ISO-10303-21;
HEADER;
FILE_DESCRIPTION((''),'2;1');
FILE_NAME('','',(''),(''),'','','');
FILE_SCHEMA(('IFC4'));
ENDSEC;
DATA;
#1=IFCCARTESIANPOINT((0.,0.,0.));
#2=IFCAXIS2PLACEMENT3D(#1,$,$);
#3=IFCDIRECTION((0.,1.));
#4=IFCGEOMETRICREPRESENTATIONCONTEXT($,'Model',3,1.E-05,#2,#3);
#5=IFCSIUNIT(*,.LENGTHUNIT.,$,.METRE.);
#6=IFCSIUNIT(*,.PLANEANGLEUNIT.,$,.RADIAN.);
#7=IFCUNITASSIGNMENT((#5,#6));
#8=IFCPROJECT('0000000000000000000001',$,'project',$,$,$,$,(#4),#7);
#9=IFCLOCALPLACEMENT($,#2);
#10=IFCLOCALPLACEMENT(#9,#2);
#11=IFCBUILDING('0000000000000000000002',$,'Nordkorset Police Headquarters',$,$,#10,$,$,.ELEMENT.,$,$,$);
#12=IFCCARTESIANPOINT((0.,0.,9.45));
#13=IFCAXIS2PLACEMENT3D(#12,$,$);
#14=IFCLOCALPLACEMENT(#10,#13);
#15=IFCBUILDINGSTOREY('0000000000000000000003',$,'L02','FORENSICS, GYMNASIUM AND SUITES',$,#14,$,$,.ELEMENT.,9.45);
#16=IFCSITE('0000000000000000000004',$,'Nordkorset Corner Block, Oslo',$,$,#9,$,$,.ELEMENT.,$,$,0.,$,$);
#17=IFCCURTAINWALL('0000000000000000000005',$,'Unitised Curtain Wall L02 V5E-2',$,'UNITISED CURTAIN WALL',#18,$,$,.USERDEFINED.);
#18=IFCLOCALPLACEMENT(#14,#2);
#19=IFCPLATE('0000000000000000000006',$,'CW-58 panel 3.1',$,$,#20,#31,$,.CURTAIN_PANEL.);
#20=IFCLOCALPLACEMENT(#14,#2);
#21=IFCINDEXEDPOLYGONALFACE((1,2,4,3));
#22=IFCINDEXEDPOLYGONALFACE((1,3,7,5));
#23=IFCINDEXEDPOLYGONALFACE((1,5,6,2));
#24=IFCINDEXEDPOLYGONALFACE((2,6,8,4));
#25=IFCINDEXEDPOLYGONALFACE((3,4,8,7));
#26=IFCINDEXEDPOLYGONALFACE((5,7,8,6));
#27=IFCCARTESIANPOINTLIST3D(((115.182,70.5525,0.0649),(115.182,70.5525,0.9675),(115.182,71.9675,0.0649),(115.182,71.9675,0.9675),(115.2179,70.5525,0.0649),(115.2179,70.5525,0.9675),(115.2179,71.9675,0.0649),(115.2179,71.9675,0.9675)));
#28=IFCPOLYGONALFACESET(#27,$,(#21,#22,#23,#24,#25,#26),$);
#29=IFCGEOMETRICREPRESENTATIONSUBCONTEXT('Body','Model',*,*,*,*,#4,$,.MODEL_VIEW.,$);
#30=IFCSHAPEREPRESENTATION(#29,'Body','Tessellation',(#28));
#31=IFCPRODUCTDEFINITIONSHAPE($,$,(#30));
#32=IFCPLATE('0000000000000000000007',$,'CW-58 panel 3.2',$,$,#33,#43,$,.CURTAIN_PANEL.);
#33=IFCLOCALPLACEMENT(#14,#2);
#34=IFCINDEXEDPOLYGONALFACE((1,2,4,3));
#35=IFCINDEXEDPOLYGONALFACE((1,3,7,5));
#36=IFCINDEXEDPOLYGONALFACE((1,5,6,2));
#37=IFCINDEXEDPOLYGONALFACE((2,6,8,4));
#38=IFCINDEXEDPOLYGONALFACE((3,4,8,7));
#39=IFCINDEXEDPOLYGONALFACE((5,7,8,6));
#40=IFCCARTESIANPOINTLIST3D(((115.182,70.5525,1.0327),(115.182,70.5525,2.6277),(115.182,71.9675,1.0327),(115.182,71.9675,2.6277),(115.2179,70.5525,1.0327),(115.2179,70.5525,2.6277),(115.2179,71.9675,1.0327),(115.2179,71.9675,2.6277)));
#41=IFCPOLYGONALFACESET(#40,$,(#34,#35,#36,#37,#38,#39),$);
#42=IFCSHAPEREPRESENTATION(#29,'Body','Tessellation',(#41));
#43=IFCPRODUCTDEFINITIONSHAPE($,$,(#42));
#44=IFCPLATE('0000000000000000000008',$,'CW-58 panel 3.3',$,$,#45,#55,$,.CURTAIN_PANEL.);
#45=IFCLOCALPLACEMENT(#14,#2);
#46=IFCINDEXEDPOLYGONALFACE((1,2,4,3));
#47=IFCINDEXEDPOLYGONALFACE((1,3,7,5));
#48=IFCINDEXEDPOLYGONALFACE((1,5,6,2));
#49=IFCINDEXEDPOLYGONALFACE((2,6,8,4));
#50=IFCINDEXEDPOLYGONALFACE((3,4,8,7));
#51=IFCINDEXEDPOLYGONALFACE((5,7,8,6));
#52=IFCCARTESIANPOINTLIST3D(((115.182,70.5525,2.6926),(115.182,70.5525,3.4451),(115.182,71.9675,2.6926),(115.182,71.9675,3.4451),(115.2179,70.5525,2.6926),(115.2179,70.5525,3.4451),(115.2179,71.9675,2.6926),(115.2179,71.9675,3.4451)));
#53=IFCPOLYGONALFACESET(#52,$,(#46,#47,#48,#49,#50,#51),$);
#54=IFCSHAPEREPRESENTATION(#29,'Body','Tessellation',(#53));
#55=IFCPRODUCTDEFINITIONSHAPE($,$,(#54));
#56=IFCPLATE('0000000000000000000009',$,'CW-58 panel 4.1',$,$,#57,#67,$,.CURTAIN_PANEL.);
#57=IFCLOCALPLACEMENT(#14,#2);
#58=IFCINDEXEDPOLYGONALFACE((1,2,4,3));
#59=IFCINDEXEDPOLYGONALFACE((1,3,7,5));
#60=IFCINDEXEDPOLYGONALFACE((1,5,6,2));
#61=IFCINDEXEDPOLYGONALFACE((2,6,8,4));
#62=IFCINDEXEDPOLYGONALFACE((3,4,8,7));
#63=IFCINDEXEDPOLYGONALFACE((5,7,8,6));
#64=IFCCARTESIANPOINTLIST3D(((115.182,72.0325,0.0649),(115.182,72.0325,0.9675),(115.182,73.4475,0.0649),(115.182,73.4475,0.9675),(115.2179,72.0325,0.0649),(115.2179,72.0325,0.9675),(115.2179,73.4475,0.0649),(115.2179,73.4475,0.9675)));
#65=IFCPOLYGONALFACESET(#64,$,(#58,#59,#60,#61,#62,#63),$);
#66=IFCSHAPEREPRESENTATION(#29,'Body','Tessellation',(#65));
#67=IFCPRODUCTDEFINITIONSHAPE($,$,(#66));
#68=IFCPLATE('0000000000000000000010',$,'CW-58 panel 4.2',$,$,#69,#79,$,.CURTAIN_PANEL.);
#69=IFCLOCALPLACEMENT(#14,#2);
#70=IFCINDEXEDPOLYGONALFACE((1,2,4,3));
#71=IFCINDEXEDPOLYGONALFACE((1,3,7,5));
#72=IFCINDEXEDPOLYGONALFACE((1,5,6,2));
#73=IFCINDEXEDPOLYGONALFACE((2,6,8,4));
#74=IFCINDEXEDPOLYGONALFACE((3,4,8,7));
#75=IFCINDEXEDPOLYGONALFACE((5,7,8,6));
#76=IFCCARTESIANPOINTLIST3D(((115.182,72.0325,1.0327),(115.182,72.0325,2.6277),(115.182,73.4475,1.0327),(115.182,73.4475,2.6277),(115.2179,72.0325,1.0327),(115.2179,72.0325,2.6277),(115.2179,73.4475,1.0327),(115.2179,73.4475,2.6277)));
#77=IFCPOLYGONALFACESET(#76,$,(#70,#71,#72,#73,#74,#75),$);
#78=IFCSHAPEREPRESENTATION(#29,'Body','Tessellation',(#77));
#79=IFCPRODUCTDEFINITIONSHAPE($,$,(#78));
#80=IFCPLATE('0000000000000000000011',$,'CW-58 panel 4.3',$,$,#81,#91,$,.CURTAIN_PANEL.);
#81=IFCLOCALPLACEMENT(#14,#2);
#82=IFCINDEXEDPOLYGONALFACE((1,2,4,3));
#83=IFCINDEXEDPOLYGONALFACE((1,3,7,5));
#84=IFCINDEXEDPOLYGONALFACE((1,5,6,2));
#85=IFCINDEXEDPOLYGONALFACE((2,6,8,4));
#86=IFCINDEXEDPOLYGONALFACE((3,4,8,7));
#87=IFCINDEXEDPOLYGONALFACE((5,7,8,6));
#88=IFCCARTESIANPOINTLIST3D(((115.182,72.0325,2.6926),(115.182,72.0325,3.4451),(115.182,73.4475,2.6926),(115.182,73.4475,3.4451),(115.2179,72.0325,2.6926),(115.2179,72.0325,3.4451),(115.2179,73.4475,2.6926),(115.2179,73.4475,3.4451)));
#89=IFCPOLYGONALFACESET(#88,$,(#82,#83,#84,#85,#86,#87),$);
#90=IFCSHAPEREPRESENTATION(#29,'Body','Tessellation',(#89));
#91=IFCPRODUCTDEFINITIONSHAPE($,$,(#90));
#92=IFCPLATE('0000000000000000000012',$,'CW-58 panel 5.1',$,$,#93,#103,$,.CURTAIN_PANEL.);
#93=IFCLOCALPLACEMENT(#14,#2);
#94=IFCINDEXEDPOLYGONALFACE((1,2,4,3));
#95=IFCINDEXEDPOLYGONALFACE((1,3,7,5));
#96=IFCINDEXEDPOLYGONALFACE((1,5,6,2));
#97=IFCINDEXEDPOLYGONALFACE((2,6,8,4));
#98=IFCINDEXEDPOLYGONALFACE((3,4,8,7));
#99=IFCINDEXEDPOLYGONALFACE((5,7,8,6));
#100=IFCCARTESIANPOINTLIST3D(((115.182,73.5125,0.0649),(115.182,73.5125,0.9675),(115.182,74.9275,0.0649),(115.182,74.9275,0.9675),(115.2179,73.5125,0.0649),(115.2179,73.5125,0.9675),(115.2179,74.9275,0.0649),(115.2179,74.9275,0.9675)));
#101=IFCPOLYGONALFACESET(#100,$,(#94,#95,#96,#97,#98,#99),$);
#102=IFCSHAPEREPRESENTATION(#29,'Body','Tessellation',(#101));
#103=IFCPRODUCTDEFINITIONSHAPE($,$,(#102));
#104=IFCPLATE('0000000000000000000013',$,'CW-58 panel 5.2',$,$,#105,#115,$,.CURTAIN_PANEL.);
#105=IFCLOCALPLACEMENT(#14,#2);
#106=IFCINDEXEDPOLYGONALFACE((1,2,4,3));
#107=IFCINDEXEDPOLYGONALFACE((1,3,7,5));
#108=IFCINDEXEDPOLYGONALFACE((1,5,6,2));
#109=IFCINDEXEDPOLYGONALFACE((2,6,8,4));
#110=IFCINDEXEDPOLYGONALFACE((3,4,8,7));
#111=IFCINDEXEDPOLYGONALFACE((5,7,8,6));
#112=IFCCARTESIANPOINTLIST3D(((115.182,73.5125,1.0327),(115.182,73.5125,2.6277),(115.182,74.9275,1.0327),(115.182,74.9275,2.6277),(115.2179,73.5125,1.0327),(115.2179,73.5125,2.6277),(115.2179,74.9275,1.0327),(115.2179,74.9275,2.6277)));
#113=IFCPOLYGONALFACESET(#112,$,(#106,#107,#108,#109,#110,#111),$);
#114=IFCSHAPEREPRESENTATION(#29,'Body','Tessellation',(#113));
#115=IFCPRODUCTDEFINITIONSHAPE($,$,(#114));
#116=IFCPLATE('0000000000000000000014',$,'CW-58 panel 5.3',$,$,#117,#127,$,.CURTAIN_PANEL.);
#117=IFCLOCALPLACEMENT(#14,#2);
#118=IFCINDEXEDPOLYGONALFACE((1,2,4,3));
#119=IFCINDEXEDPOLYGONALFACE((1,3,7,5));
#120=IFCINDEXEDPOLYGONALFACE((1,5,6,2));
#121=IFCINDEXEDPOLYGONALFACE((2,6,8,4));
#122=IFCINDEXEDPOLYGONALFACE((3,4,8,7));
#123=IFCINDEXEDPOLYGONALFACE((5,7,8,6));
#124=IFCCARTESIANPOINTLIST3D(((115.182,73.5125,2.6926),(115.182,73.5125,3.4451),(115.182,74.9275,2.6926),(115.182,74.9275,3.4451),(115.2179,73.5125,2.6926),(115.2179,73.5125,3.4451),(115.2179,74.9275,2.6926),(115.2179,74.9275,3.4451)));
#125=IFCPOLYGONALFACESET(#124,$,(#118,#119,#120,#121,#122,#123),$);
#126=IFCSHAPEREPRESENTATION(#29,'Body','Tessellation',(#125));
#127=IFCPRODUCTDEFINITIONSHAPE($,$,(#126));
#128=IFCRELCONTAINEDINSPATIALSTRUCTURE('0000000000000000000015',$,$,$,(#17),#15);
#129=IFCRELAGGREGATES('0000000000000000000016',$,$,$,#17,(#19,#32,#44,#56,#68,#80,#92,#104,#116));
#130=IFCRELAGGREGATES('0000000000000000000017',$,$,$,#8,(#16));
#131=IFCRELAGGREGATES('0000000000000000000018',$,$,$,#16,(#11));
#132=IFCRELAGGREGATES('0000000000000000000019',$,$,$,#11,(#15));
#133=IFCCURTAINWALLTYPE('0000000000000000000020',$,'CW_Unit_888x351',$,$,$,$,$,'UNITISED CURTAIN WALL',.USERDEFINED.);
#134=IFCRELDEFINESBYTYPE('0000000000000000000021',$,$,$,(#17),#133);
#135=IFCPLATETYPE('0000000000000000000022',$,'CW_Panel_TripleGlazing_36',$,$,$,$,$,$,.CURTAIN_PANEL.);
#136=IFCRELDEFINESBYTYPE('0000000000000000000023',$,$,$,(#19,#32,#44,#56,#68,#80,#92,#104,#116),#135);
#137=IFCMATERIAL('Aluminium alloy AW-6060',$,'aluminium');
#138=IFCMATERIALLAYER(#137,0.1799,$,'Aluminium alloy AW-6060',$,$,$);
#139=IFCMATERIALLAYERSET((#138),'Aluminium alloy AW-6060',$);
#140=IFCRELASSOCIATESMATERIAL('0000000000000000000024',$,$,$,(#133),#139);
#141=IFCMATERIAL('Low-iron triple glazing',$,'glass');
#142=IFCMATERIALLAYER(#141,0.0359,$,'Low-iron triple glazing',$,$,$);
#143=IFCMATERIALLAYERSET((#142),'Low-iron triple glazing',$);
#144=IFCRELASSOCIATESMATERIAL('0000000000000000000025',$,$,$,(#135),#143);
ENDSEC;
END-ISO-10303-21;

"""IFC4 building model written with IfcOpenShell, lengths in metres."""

from ifc_helpers import new_model, si_unit, direction, frame, origin, origin_2d, place, context, subcontext, project, spatial, rectangle, extrude, material, layer, layer_set, type_object, element, aggregate, save


model = new_model("IFC4")

# Units and contexts
model_context = context("Model", 3, precision=1e-05, world=origin(), true_north=direction((0.0, 1.0)))
body_context = subcontext(model_context, "Body", "Model", "MODEL_VIEW")
ifc_project = project(units=[si_unit("LENGTHUNIT", "METRE"), si_unit("PLANEANGLEUNIT", "RADIAN")], contexts=[model_context])

# Site, building, storey
site_placement = place(None, origin())
site = spatial("IfcSite", under=ifc_project, at=site_placement, Name="Nordkorset Corner Block, Oslo", CompositionType="ELEMENT", RefElevation=0.0)
building_placement = place(site_placement, origin())
building = spatial("IfcBuilding", under=site, at=building_placement, Name="Nordkorset Police Headquarters", CompositionType="ELEMENT")
storey_placement = place(building_placement, frame((0.0, 0.0, 9.45)))
storey = spatial("IfcBuildingStorey", under=building, at=storey_placement, Name="L02", Description="FORENSICS, GYMNASIUM AND SUITES", CompositionType="ELEMENT", Elevation=9.45)

# Curtain wall, plates
ifc_material_1 = material(Name="Aluminium alloy AW-6060", Category="aluminium")
ifc_layer_1 = layer(ifc_material_1, 0.1799, Name="Aluminium alloy AW-6060")
ifc_layer_set_1 = layer_set([ifc_layer_1], Name="Aluminium alloy AW-6060")
curtain_wall_type = type_object("IfcCurtainWallType", Name="CW_Unit_888x351", ElementType="UNITISED CURTAIN WALL", PredefinedType="USERDEFINED", material=ifc_layer_set_1)
curtain_wall_placement = place(storey_placement, origin())
curtain_wall = element("IfcCurtainWall", 1, at=curtain_wall_placement, inside=storey, type_object=curtain_wall_type, Name="Unitised Curtain Wall L02 V5E-2", ObjectType="UNITISED CURTAIN WALL", PredefinedType="USERDEFINED")
ifc_material_2 = material(Name="Low-iron triple glazing", Category="glass")
ifc_layer_2 = layer(ifc_material_2, 0.0359, Name="Low-iron triple glazing")
ifc_layer_set_2 = layer_set([ifc_layer_2], Name="Low-iron triple glazing")
plate_type = type_object("IfcPlateType", Name="CW_Panel_TripleGlazing_36", PredefinedType="CURTAIN_PANEL", material=ifc_layer_set_2)
plate_1_placement = place(storey_placement, frame((115.2, 71.26, 0.0649), z_axis=(0.0, 0.0, 1.0), x_axis=(0.0, 1.0, 0.0)))
plate_1 = element("IfcPlate", 2, at=plate_1_placement, type_object=plate_type, Name="CW-58 panel 3.1", PredefinedType="CURTAIN_PANEL", context=body_context, shape_type="SweptSolid", body=[
    extrude(rectangle(XDim=1.415, YDim=0.0359, at=origin_2d()), origin(), (0.0, 0.0, 1.0), 0.9026),
])
plate_2_placement = place(storey_placement, frame((115.2, 71.26, 1.0327), z_axis=(0.0, 0.0, 1.0), x_axis=(0.0, 1.0, 0.0)))
plate_2 = element("IfcPlate", 3, at=plate_2_placement, type_object=plate_type, Name="CW-58 panel 3.2", PredefinedType="CURTAIN_PANEL", context=body_context, shape_type="SweptSolid", body=[
    extrude(rectangle(XDim=1.415, YDim=0.0359, at=origin_2d()), origin(), (0.0, 0.0, 1.0), 1.595),
])
plate_3_placement = place(storey_placement, frame((115.2, 71.26, 2.6926), z_axis=(0.0, 0.0, 1.0), x_axis=(0.0, 1.0, 0.0)))
plate_3 = element("IfcPlate", 4, at=plate_3_placement, type_object=plate_type, Name="CW-58 panel 3.3", PredefinedType="CURTAIN_PANEL", context=body_context, shape_type="SweptSolid", body=[
    extrude(rectangle(XDim=1.415, YDim=0.0359, at=origin_2d()), origin(), (0.0, 0.0, 1.0), 0.7524),
])
plate_4_placement = place(storey_placement, frame((115.2, 72.74, 0.0649), z_axis=(0.0, 0.0, 1.0), x_axis=(0.0, 1.0, 0.0)))
plate_4 = element("IfcPlate", 5, at=plate_4_placement, type_object=plate_type, Name="CW-58 panel 4.1", PredefinedType="CURTAIN_PANEL", context=body_context, shape_type="SweptSolid", body=[
    extrude(rectangle(XDim=1.415, YDim=0.0359, at=origin_2d()), origin(), (0.0, 0.0, 1.0), 0.9026),
])
plate_5_placement = place(storey_placement, frame((115.2, 72.74, 1.0327), z_axis=(0.0, 0.0, 1.0), x_axis=(0.0, 1.0, 0.0)))
plate_5 = element("IfcPlate", 6, at=plate_5_placement, type_object=plate_type, Name="CW-58 panel 4.2", PredefinedType="CURTAIN_PANEL", context=body_context, shape_type="SweptSolid", body=[
    extrude(rectangle(XDim=1.415, YDim=0.0359, at=origin_2d()), origin(), (0.0, 0.0, 1.0), 1.595),
])
plate_6_placement = place(storey_placement, frame((115.2, 72.74, 2.6926), z_axis=(0.0, 0.0, 1.0), x_axis=(0.0, 1.0, 0.0)))
plate_6 = element("IfcPlate", 7, at=plate_6_placement, type_object=plate_type, Name="CW-58 panel 4.3", PredefinedType="CURTAIN_PANEL", context=body_context, shape_type="SweptSolid", body=[
    extrude(rectangle(XDim=1.415, YDim=0.0359, at=origin_2d()), origin(), (0.0, 0.0, 1.0), 0.7524),
])
plate_7_placement = place(storey_placement, frame((115.2, 74.22, 0.0649), z_axis=(0.0, 0.0, 1.0), x_axis=(0.0, 1.0, 0.0)))
plate_7 = element("IfcPlate", 8, at=plate_7_placement, type_object=plate_type, Name="CW-58 panel 5.1", PredefinedType="CURTAIN_PANEL", context=body_context, shape_type="SweptSolid", body=[
    extrude(rectangle(XDim=1.415, YDim=0.0359, at=origin_2d()), origin(), (0.0, 0.0, 1.0), 0.9026),
])
plate_8_placement = place(storey_placement, frame((115.2, 74.22, 1.0327), z_axis=(0.0, 0.0, 1.0), x_axis=(0.0, 1.0, 0.0)))
plate_8 = element("IfcPlate", 9, at=plate_8_placement, type_object=plate_type, Name="CW-58 panel 5.2", PredefinedType="CURTAIN_PANEL", context=body_context, shape_type="SweptSolid", body=[
    extrude(rectangle(XDim=1.415, YDim=0.0359, at=origin_2d()), origin(), (0.0, 0.0, 1.0), 1.595),
])
plate_9_placement = place(storey_placement, frame((115.2, 74.22, 2.6926), z_axis=(0.0, 0.0, 1.0), x_axis=(0.0, 1.0, 0.0)))
plate_9 = element("IfcPlate", 10, at=plate_9_placement, type_object=plate_type, Name="CW-58 panel 5.3", PredefinedType="CURTAIN_PANEL", context=body_context, shape_type="SweptSolid", body=[
    extrude(rectangle(XDim=1.415, YDim=0.0359, at=origin_2d()), origin(), (0.0, 0.0, 1.0), 0.7524),
])
aggregate(curtain_wall, [plate_1, plate_2, plate_3, plate_4, plate_5, plate_6, plate_7, plate_8, plate_9])

save(model, "model.ifc")
